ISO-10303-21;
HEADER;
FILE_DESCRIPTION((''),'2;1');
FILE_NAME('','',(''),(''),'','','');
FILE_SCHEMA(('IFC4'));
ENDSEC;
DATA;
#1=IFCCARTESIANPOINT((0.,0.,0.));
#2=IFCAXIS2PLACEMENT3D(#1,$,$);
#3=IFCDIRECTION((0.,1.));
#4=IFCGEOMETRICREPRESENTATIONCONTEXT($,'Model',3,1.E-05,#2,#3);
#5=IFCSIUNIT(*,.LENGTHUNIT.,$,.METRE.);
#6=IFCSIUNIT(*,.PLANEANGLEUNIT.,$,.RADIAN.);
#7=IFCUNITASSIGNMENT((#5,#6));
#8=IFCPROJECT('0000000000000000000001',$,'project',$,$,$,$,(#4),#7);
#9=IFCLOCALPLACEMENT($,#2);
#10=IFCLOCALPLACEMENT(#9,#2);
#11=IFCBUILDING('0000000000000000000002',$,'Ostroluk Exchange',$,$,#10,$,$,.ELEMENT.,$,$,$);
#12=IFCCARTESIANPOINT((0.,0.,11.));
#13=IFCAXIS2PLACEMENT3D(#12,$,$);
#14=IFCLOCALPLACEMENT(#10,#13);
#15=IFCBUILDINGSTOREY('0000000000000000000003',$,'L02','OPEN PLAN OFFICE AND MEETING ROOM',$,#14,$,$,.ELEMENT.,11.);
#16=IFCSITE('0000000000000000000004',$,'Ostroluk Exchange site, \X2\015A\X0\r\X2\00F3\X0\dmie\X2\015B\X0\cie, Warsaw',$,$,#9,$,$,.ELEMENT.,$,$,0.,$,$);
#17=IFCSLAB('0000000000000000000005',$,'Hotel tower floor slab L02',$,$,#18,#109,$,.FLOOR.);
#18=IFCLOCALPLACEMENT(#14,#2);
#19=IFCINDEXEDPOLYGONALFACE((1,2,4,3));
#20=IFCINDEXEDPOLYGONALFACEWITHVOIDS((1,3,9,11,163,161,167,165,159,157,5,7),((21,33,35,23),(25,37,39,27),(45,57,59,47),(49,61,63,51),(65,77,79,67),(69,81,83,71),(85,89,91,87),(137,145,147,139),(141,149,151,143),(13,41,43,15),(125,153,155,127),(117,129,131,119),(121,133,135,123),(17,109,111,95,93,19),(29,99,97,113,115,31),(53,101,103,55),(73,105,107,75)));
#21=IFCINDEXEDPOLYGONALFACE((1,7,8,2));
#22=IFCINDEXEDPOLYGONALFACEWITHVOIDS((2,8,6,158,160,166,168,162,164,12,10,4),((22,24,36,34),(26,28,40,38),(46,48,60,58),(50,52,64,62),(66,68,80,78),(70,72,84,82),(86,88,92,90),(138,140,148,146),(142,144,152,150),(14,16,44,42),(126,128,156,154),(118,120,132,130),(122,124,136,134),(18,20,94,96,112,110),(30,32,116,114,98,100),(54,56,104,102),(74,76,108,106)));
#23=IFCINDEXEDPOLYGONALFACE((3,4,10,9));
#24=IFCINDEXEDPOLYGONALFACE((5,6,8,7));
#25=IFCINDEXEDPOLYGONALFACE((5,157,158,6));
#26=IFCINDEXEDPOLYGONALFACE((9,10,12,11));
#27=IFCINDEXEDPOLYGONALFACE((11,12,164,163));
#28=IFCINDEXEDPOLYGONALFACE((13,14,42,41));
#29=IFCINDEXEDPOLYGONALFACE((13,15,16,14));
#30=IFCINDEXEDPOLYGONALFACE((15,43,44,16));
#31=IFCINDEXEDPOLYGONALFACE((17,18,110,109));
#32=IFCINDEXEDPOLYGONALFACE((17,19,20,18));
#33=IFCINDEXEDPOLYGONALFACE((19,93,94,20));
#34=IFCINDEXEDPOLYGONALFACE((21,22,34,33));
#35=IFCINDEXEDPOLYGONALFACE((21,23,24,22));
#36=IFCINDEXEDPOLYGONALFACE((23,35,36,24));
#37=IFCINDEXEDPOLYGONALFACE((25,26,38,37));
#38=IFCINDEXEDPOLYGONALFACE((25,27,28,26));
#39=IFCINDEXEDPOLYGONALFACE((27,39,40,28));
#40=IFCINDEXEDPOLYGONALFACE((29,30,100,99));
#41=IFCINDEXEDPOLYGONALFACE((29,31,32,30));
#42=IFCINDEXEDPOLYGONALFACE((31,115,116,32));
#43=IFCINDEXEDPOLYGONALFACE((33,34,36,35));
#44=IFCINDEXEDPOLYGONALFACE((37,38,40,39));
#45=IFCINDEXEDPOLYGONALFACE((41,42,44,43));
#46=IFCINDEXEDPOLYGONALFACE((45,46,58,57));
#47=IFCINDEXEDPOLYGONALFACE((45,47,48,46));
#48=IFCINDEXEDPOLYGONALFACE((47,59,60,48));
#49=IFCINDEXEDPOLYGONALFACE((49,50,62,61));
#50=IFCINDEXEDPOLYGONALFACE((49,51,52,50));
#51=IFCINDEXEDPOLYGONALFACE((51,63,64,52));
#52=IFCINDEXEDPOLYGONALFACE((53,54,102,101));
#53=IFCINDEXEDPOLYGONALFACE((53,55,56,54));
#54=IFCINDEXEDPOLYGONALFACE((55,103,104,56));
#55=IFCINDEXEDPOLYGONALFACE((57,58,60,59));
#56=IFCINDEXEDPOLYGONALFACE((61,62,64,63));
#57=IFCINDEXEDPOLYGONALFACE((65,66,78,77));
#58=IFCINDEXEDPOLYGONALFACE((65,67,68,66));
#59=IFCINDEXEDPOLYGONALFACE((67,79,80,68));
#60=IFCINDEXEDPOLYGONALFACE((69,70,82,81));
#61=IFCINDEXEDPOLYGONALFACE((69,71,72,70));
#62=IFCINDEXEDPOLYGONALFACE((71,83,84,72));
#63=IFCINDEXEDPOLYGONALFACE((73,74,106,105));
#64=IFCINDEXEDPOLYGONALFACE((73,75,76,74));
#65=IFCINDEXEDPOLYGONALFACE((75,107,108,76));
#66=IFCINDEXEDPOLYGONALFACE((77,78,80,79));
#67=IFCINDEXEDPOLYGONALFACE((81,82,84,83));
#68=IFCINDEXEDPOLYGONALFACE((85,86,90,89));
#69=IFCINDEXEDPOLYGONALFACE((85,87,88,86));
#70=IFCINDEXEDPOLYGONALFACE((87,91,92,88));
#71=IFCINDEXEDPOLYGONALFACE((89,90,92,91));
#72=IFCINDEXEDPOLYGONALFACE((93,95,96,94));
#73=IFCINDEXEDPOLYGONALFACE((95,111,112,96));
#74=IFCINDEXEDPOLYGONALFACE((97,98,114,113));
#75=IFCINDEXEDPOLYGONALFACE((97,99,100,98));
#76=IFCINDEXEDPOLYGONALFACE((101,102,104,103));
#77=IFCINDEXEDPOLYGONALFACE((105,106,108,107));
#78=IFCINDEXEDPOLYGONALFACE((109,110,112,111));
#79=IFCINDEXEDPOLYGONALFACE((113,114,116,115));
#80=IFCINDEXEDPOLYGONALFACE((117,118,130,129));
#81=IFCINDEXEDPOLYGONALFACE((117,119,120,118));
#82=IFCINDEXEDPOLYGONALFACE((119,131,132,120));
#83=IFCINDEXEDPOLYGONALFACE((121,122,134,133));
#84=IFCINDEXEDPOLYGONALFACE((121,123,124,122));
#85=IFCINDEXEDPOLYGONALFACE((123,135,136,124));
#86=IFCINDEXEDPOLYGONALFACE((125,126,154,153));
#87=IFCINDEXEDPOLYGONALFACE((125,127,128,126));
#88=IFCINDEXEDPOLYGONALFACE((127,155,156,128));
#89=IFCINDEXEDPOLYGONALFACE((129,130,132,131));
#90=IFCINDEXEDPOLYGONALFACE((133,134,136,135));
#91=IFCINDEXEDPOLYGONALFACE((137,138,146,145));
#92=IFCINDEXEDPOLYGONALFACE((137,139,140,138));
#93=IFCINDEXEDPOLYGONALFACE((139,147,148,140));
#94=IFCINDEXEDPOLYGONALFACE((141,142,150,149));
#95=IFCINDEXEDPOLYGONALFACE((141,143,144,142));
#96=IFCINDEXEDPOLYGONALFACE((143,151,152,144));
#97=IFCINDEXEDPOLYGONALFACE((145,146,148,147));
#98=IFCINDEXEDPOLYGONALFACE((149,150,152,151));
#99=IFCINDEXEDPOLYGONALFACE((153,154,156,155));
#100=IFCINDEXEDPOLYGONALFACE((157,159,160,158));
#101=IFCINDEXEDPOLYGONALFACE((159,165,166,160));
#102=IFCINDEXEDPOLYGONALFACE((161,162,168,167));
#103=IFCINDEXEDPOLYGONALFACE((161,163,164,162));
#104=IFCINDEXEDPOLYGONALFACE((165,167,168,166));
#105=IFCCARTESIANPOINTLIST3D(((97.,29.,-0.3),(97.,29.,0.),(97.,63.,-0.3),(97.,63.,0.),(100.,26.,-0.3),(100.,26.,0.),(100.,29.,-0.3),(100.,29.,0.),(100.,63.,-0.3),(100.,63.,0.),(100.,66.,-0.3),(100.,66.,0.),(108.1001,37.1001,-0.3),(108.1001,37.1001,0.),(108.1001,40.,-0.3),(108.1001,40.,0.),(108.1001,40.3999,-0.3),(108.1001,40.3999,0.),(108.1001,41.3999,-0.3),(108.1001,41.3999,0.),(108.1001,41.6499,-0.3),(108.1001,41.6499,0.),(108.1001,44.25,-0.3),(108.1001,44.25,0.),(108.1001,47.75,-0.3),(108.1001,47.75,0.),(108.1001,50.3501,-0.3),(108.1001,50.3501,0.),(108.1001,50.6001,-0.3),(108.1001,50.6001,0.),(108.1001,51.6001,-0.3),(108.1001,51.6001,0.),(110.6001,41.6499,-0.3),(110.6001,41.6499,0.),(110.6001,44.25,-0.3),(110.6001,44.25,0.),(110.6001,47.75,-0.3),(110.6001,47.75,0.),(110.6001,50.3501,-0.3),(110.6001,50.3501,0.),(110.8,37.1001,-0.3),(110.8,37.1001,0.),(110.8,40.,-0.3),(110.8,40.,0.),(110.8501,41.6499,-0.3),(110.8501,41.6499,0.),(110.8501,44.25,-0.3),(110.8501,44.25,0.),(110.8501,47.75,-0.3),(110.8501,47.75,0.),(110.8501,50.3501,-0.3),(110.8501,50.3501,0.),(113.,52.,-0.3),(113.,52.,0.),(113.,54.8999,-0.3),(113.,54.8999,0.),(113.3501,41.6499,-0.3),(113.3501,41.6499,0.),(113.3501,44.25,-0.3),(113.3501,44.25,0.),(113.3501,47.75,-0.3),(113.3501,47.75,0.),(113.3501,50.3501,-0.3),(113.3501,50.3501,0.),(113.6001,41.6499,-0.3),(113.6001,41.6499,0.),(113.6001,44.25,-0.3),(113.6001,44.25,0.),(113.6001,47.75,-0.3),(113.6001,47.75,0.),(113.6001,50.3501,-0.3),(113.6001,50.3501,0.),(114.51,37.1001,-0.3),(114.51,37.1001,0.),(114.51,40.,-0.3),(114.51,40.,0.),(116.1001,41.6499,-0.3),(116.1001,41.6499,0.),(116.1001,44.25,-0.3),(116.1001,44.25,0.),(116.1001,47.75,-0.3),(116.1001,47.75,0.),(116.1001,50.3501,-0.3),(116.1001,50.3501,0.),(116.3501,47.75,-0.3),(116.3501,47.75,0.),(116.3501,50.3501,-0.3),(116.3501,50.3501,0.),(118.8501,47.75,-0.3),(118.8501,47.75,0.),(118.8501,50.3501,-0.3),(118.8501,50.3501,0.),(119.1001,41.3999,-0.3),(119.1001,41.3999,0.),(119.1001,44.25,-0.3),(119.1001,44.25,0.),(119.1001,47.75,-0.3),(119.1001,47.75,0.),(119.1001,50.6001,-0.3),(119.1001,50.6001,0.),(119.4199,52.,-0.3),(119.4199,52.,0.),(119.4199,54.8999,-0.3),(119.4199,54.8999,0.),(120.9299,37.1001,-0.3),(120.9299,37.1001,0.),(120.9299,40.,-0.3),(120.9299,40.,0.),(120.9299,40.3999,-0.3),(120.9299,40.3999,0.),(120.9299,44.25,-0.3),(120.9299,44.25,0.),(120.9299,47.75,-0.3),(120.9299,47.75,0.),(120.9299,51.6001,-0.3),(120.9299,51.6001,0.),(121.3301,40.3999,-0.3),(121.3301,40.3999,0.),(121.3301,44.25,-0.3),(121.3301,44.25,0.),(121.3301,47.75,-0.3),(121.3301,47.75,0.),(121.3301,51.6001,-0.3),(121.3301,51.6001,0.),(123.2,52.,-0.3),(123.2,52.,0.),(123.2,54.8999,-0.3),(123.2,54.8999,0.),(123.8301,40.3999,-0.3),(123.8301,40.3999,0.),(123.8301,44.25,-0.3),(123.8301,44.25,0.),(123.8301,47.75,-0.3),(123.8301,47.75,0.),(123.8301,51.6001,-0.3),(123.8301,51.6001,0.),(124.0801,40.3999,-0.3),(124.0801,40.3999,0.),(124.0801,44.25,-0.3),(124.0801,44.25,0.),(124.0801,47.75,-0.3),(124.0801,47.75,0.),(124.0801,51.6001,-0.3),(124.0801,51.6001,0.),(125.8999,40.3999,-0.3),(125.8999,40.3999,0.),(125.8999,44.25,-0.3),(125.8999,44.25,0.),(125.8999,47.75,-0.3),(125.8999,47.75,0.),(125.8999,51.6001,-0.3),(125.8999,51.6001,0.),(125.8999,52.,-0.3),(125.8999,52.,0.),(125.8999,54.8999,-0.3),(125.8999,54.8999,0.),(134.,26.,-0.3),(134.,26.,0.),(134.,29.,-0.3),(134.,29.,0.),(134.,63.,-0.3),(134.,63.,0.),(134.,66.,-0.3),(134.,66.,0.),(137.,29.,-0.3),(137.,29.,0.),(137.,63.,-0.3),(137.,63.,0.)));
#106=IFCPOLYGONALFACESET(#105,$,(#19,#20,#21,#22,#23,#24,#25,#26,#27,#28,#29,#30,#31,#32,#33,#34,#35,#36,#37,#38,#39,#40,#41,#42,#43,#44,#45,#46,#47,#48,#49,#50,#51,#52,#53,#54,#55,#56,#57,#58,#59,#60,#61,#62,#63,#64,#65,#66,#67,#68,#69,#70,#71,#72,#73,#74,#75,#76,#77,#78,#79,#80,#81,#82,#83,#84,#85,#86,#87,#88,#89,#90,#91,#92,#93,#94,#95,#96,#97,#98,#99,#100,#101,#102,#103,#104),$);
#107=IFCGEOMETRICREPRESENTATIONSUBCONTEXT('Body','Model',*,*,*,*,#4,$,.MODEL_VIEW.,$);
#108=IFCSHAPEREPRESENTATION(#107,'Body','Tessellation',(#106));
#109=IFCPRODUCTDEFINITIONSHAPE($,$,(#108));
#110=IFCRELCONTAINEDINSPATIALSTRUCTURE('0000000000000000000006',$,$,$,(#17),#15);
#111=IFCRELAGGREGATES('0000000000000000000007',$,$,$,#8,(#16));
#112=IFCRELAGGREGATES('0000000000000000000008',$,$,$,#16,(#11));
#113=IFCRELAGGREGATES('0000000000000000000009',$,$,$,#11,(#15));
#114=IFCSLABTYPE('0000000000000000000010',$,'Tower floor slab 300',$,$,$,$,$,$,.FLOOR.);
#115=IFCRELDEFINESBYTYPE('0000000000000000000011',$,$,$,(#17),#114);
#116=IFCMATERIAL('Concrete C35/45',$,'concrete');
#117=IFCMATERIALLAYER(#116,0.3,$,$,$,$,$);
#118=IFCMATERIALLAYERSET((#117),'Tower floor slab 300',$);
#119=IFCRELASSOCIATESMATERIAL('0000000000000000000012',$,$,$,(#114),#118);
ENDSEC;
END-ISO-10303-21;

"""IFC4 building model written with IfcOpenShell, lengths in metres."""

from ifc_helpers import new_model, si_unit, direction, frame, origin, place, context, subcontext, project, spatial, polyline, outline, extrude, material, layer, layer_set, type_object, element, save


model = new_model("IFC4")

# Units and contexts
model_context = context("Model", 3, precision=1e-05, world=origin(), true_north=direction((0.0, 1.0)))
body_context = subcontext(model_context, "Body", "Model", "MODEL_VIEW")
ifc_project = project(units=[si_unit("LENGTHUNIT", "METRE"), si_unit("PLANEANGLEUNIT", "RADIAN")], contexts=[model_context])

# Site, building, storey
site_placement = place(None, origin())
site = spatial("IfcSite", under=ifc_project, at=site_placement, Name="Ostroluk Exchange site, Śródmieście, Warsaw", CompositionType="ELEMENT", RefElevation=0.0)
building_placement = place(site_placement, origin())
building = spatial("IfcBuilding", under=site, at=building_placement, Name="Ostroluk Exchange", CompositionType="ELEMENT")
storey_placement = place(building_placement, frame((0.0, 0.0, 11.0)))
storey = spatial("IfcBuildingStorey", under=building, at=storey_placement, Name="L02", Description="OPEN PLAN OFFICE AND MEETING ROOM", CompositionType="ELEMENT", Elevation=11.0)

# Slab
ifc_material_1 = material(Name="Concrete C35/45", Category="concrete")
ifc_layer_1 = layer(ifc_material_1, 0.3)
ifc_layer_set_1 = layer_set([ifc_layer_1], Name="Tower floor slab 300")
slab_type_1 = type_object("IfcSlabType", Name="Tower floor slab 300", PredefinedType="FLOOR", material=ifc_layer_set_1)
slab_1_placement = place(storey_placement, frame((0.0, 0.0, -0.3)))
element("IfcSlab", 1, at=slab_1_placement, inside=storey, type_object=slab_type_1, Name="Hotel tower floor slab L02", PredefinedType="FLOOR", context=body_context, shape_type="SweptSolid", body=[
    extrude(outline(polyline([(100.0, 26.0), (134.0, 26.0), (134.0, 29.0), (137.0, 29.0), (137.0, 63.0), (134.0, 63.0), (134.0, 66.0), (100.0, 66.0), (100.0, 63.0), (97.0, 63.0), (97.0, 29.0), (100.0, 29.0), (100.0, 26.0)]), holes=[polyline([(108.1001, 37.1001), (110.8, 37.1001), (110.8, 40.0), (108.1001, 40.0), (108.1001, 37.1001)]), polyline([(114.51, 37.1001), (120.9299, 37.1001), (120.9299, 40.0), (114.51, 40.0), (114.51, 37.1001)]), polyline([(113.0, 52.0), (119.4199, 52.0), (119.4199, 54.8999), (113.0, 54.8999), (113.0, 52.0)]), polyline([(123.2, 52.0), (125.8999, 52.0), (125.8999, 54.8999), (123.2, 54.8999), (123.2, 52.0)]), polyline([(108.1001, 47.75), (110.6001, 47.75), (110.6001, 50.3501), (108.1001, 50.3501), (108.1001, 47.75)]), polyline([(110.8501, 47.75), (113.3501, 47.75), (113.3501, 50.3501), (110.8501, 50.3501), (110.8501, 47.75)]), polyline([(113.6001, 47.75), (116.1001, 47.75), (116.1001, 50.3501), (113.6001, 50.3501), (113.6001, 47.75)]), polyline([(116.3501, 47.75), (118.8501, 47.75), (118.8501, 50.3501), (116.3501, 50.3501), (116.3501, 47.75)]), polyline([(108.1001, 41.6499), (110.6001, 41.6499), (110.6001, 44.25), (108.1001, 44.25), (108.1001, 41.6499)]), polyline([(110.8501, 41.6499), (113.3501, 41.6499), (113.3501, 44.25), (110.8501, 44.25), (110.8501, 41.6499)]), polyline([(113.6001, 41.6499), (116.1001, 41.6499), (116.1001, 44.25), (113.6001, 44.25), (113.6001, 41.6499)]), polyline([(121.3301, 47.75), (123.8301, 47.75), (123.8301, 51.6001), (121.3301, 51.6001), (121.3301, 47.75)]), polyline([(121.3301, 40.3999), (123.8301, 40.3999), (123.8301, 44.25), (121.3301, 44.25), (121.3301, 40.3999)]), polyline([(120.9299, 51.6001), (120.9299, 47.75), (119.1001, 47.75), (119.1001, 50.6001), (108.1001, 50.6001), (108.1001, 51.6001), (120.9299, 51.6001)]), polyline([(108.1001, 40.3999), (108.1001, 41.3999), (119.1001, 41.3999), (119.1001, 44.25), (120.9299, 44.25), (120.9299, 40.3999), (108.1001, 40.3999)]), polyline([(124.0801, 47.75), (125.8999, 47.75), (125.8999, 51.6001), (124.0801, 51.6001), (124.0801, 47.75)]), polyline([(124.0801, 40.3999), (125.8999, 40.3999), (125.8999, 44.25), (124.0801, 44.25), (124.0801, 40.3999)])]), origin(), (0.0, 0.0, 1.0), 0.3),
])

save(model, "model.ifc")
